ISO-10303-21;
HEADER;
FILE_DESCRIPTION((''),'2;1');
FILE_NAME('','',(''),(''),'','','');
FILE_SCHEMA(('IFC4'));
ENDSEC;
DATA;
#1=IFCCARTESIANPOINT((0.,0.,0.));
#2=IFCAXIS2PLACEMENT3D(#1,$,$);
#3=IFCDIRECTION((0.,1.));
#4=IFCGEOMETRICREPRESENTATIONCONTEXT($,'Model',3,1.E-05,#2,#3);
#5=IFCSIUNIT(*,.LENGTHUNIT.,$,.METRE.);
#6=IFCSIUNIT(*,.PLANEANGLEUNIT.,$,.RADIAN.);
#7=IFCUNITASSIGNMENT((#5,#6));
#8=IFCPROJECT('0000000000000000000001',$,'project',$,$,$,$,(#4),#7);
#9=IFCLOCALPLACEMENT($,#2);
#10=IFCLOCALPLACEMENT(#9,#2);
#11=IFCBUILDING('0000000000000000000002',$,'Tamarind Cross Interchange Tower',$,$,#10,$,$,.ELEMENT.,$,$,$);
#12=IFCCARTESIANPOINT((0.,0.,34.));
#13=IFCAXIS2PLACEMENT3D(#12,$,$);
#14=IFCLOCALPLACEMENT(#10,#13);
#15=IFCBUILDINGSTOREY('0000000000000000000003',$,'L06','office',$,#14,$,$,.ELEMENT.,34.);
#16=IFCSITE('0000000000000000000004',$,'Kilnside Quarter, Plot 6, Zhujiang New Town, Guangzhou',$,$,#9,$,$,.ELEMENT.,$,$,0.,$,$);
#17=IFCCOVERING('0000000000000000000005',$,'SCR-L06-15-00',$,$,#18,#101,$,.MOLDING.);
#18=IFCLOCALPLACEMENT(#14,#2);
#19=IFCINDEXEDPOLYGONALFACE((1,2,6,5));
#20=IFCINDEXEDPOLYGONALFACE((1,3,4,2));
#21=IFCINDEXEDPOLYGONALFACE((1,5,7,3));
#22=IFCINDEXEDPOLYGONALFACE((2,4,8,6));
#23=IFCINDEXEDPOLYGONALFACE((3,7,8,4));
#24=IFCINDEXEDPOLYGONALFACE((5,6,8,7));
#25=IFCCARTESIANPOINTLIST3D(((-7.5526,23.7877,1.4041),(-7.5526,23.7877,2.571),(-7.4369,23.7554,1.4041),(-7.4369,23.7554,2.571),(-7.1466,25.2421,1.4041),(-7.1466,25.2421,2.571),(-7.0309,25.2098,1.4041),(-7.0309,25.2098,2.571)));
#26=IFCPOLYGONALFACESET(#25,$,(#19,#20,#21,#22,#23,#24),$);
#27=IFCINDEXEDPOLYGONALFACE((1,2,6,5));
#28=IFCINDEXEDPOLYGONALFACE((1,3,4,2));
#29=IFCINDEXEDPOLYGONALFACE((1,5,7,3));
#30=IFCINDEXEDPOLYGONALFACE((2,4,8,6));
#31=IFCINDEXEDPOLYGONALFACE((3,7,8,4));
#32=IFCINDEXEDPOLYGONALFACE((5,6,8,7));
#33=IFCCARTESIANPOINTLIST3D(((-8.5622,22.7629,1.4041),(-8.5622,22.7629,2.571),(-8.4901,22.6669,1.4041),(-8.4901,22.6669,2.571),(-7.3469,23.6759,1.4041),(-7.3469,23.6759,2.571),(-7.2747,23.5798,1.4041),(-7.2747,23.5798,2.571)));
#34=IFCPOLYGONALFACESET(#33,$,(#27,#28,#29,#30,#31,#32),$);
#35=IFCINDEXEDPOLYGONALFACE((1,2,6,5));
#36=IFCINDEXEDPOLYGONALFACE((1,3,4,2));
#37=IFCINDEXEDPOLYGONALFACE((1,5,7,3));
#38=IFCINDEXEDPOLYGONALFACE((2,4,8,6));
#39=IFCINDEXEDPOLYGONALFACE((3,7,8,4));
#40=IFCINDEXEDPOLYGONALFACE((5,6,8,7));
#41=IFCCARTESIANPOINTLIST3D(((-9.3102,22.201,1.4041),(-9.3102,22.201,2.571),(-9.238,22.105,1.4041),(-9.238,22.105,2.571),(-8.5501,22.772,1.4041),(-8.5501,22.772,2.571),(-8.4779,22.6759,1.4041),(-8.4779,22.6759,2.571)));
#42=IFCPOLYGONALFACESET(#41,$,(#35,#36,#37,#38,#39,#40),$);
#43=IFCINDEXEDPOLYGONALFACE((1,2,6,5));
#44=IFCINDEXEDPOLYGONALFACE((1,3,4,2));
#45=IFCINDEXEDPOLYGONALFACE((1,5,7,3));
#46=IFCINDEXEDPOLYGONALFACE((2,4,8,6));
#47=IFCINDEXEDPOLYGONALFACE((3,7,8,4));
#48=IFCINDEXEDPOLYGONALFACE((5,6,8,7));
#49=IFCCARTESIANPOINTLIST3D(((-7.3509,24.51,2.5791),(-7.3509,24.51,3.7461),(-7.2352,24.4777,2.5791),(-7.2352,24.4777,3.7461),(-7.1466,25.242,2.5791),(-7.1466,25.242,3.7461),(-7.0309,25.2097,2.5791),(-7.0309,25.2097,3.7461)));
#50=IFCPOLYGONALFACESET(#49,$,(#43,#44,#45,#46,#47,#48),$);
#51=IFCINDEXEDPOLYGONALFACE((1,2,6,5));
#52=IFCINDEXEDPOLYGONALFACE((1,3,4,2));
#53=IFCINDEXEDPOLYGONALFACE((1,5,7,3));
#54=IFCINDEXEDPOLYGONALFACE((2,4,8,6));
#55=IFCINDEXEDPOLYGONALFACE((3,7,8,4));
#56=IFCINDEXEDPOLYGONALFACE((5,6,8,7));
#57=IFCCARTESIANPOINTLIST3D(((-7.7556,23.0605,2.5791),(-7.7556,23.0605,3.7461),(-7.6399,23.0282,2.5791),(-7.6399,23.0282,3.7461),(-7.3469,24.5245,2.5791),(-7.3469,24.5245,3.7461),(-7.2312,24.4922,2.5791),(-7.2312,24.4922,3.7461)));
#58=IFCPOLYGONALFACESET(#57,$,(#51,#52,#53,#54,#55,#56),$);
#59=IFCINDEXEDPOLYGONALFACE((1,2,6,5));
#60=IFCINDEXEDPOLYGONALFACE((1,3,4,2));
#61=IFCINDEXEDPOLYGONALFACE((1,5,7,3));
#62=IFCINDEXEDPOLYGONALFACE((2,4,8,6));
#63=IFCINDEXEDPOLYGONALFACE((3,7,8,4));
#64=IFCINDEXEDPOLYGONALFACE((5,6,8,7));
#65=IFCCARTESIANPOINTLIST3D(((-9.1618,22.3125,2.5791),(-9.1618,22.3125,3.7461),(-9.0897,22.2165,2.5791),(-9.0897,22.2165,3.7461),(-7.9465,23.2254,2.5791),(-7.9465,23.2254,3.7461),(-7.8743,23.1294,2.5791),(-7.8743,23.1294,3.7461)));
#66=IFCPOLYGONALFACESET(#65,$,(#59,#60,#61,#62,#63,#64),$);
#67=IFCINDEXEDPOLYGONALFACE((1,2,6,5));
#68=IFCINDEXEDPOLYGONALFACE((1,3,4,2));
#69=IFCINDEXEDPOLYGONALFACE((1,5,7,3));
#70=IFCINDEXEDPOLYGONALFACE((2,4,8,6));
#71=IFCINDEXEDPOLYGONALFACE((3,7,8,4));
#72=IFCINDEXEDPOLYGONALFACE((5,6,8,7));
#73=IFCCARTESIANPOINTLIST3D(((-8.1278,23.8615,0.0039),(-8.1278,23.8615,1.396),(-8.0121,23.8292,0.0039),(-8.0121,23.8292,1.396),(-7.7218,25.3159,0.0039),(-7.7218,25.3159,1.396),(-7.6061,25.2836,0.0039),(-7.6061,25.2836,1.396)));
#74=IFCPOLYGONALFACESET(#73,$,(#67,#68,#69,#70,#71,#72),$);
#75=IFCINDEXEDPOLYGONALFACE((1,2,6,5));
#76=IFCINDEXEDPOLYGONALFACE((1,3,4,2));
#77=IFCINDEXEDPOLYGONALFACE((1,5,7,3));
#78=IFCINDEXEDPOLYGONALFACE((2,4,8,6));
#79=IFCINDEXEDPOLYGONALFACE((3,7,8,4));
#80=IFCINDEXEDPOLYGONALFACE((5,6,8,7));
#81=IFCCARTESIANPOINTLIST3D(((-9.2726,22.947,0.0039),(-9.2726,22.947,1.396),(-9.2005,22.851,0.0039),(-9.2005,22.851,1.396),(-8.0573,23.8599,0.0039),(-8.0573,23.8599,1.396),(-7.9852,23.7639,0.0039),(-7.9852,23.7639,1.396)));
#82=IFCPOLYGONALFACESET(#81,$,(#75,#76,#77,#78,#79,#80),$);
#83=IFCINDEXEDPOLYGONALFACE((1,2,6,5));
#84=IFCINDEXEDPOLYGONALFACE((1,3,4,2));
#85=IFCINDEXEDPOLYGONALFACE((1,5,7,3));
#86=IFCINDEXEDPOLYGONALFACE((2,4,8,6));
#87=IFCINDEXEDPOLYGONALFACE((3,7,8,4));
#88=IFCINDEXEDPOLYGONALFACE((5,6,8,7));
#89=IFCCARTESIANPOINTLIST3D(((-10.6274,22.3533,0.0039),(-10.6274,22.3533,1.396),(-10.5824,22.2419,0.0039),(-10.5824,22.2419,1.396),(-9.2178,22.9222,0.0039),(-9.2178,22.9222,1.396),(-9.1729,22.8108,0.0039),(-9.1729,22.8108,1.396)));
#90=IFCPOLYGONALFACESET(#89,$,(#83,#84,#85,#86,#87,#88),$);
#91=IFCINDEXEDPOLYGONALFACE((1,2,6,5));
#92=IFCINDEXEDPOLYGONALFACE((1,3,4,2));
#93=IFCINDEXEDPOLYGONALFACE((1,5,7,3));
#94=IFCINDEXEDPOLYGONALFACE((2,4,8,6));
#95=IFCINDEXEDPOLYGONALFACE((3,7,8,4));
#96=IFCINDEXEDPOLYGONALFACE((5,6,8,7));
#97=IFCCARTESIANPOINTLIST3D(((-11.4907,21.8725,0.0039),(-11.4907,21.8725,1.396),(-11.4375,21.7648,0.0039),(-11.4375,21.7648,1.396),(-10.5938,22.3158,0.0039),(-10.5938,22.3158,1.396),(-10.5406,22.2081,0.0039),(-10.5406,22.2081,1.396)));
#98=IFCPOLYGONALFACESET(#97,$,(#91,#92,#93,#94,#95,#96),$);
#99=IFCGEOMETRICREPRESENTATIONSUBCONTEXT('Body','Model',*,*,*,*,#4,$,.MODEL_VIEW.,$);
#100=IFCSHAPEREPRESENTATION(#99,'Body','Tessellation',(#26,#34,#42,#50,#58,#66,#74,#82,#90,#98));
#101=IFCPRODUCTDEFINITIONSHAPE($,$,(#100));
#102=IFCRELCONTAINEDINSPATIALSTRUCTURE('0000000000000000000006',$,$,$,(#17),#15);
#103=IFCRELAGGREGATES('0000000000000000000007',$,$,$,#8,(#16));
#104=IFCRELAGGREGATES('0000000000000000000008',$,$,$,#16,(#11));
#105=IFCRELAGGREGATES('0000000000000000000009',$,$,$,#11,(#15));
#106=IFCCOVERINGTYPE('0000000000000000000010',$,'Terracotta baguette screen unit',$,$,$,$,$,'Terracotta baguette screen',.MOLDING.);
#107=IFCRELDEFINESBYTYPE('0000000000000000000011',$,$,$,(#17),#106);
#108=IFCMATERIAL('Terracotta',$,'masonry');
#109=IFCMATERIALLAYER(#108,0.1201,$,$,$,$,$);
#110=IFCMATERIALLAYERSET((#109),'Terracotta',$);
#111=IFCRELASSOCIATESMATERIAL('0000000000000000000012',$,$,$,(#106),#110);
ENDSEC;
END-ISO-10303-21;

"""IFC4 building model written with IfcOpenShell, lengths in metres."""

from ifc_helpers import new_model, si_unit, direction, frame, origin, origin_2d, place, context, subcontext, project, spatial, rectangle, extrude, material, layer, layer_set, type_object, element, save


model = new_model("IFC4")

# Units and contexts
model_context = context("Model", 3, precision=1e-05, world=origin(), true_north=direction((0.0, 1.0)))
body_context = subcontext(model_context, "Body", "Model", "MODEL_VIEW")
ifc_project = project(units=[si_unit("LENGTHUNIT", "METRE"), si_unit("PLANEANGLEUNIT", "RADIAN")], contexts=[model_context])

# Site, building, storey
site_placement = place(None, origin())
site = spatial("IfcSite", under=ifc_project, at=site_placement, Name="Kilnside Quarter, Plot 6, Zhujiang New Town, Guangzhou", CompositionType="ELEMENT", RefElevation=0.0)
building_placement = place(site_placement, origin())
building = spatial("IfcBuilding", under=site, at=building_placement, Name="Tamarind Cross Interchange Tower", CompositionType="ELEMENT")
storey_placement = place(building_placement, frame((0.0, 0.0, 34.0)))
storey = spatial("IfcBuildingStorey", under=building, at=storey_placement, Name="L06", Description="office", CompositionType="ELEMENT", Elevation=34.0)

# Covering
ifc_material_1 = material(Name="Terracotta", Category="masonry")
ifc_layer_1 = layer(ifc_material_1, 0.1201)
ifc_layer_set_1 = layer_set([ifc_layer_1], Name="Terracotta")
covering_type = type_object("IfcCoveringType", Name="Terracotta baguette screen unit", ElementType="Terracotta baguette screen", PredefinedType="MOLDING", material=ifc_layer_set_1)
covering_1_placement = place(storey_placement, origin())
element("IfcCovering", 1, at=covering_1_placement, inside=storey, type_object=covering_type, Name="SCR-L06-15-00", PredefinedType="MOLDING", context=body_context, shape_type="SweptSolid", body=[
    extrude(rectangle(XDim=1.51, YDim=0.1201, at=origin_2d()), frame((-7.2917, 24.4988, 1.4041), z_axis=(0.0, 0.0, 1.0), x_axis=(-0.268868, -0.963177, 0.0)), (0.0, 0.0, 1.0), 1.167),
    extrude(rectangle(XDim=1.52, YDim=0.1201, at=origin_2d()), frame((-7.9185, 23.1714, 1.4041), z_axis=(0.0, 0.0, 1.0), x_axis=(-0.799551, -0.600598, 0.0)), (0.0, 0.0, 1.0), 1.167),
    extrude(rectangle(XDim=0.9507, YDim=0.1201, at=origin_2d()), frame((-8.894, 22.4385, 1.4041), z_axis=(0.0, 0.0, 1.0), x_axis=(-0.799551, -0.600598, 0.0)), (0.0, 0.0, 1.0), 1.167),
    extrude(rectangle(XDim=0.76, YDim=0.1201, at=origin_2d()), frame((-7.1909, 24.8599, 2.5791), z_axis=(0.0, 0.0, 1.0), x_axis=(-0.268868, -0.963177, 0.0)), (0.0, 0.0, 1.0), 1.167),
    extrude(rectangle(XDim=1.52, YDim=0.1201, at=origin_2d()), frame((-7.4934, 23.7764, 2.5791), z_axis=(0.0, 0.0, 1.0), x_axis=(-0.268868, -0.963177, 0.0)), (0.0, 0.0, 1.0), 1.167),
    extrude(rectangle(XDim=1.52, YDim=0.1201, at=origin_2d()), frame((-8.5181, 22.7209, 2.5791), z_axis=(0.0, 0.0, 1.0), x_axis=(-0.799551, -0.600598, 0.0)), (0.0, 0.0, 1.0), 1.167),
    extrude(rectangle(XDim=1.51, YDim=0.1201, at=origin_2d()), frame((-7.8669, 24.5725, 0.0039), z_axis=(0.0, 0.0, 1.0), x_axis=(-0.268868, -0.963177, 0.0)), (0.0, 0.0, 1.0), 1.3921),
    extrude(rectangle(XDim=1.52, YDim=0.1201, at=origin_2d()), frame((-8.6289, 23.3555, 0.0039), z_axis=(0.0, 0.0, 1.0), x_axis=(-0.799551, -0.600598, 0.0)), (0.0, 0.0, 1.0), 1.3921),
    extrude(rectangle(XDim=1.52, YDim=0.1201, at=origin_2d()), frame((-9.9001, 22.582, 0.0039), z_axis=(0.0, 0.0, 1.0), x_axis=(-0.927324, -0.37426, 0.0)), (0.0, 0.0, 1.0), 1.3921),
    extrude(rectangle(XDim=1.0005, YDim=0.1201, at=origin_2d()), frame((-11.0156, 22.0403, 0.0039), z_axis=(0.0, 0.0, 1.0), x_axis=(-0.896493, -0.443059, 0.0)), (0.0, 0.0, 1.0), 1.3921),
])

save(model, "model.ifc")
